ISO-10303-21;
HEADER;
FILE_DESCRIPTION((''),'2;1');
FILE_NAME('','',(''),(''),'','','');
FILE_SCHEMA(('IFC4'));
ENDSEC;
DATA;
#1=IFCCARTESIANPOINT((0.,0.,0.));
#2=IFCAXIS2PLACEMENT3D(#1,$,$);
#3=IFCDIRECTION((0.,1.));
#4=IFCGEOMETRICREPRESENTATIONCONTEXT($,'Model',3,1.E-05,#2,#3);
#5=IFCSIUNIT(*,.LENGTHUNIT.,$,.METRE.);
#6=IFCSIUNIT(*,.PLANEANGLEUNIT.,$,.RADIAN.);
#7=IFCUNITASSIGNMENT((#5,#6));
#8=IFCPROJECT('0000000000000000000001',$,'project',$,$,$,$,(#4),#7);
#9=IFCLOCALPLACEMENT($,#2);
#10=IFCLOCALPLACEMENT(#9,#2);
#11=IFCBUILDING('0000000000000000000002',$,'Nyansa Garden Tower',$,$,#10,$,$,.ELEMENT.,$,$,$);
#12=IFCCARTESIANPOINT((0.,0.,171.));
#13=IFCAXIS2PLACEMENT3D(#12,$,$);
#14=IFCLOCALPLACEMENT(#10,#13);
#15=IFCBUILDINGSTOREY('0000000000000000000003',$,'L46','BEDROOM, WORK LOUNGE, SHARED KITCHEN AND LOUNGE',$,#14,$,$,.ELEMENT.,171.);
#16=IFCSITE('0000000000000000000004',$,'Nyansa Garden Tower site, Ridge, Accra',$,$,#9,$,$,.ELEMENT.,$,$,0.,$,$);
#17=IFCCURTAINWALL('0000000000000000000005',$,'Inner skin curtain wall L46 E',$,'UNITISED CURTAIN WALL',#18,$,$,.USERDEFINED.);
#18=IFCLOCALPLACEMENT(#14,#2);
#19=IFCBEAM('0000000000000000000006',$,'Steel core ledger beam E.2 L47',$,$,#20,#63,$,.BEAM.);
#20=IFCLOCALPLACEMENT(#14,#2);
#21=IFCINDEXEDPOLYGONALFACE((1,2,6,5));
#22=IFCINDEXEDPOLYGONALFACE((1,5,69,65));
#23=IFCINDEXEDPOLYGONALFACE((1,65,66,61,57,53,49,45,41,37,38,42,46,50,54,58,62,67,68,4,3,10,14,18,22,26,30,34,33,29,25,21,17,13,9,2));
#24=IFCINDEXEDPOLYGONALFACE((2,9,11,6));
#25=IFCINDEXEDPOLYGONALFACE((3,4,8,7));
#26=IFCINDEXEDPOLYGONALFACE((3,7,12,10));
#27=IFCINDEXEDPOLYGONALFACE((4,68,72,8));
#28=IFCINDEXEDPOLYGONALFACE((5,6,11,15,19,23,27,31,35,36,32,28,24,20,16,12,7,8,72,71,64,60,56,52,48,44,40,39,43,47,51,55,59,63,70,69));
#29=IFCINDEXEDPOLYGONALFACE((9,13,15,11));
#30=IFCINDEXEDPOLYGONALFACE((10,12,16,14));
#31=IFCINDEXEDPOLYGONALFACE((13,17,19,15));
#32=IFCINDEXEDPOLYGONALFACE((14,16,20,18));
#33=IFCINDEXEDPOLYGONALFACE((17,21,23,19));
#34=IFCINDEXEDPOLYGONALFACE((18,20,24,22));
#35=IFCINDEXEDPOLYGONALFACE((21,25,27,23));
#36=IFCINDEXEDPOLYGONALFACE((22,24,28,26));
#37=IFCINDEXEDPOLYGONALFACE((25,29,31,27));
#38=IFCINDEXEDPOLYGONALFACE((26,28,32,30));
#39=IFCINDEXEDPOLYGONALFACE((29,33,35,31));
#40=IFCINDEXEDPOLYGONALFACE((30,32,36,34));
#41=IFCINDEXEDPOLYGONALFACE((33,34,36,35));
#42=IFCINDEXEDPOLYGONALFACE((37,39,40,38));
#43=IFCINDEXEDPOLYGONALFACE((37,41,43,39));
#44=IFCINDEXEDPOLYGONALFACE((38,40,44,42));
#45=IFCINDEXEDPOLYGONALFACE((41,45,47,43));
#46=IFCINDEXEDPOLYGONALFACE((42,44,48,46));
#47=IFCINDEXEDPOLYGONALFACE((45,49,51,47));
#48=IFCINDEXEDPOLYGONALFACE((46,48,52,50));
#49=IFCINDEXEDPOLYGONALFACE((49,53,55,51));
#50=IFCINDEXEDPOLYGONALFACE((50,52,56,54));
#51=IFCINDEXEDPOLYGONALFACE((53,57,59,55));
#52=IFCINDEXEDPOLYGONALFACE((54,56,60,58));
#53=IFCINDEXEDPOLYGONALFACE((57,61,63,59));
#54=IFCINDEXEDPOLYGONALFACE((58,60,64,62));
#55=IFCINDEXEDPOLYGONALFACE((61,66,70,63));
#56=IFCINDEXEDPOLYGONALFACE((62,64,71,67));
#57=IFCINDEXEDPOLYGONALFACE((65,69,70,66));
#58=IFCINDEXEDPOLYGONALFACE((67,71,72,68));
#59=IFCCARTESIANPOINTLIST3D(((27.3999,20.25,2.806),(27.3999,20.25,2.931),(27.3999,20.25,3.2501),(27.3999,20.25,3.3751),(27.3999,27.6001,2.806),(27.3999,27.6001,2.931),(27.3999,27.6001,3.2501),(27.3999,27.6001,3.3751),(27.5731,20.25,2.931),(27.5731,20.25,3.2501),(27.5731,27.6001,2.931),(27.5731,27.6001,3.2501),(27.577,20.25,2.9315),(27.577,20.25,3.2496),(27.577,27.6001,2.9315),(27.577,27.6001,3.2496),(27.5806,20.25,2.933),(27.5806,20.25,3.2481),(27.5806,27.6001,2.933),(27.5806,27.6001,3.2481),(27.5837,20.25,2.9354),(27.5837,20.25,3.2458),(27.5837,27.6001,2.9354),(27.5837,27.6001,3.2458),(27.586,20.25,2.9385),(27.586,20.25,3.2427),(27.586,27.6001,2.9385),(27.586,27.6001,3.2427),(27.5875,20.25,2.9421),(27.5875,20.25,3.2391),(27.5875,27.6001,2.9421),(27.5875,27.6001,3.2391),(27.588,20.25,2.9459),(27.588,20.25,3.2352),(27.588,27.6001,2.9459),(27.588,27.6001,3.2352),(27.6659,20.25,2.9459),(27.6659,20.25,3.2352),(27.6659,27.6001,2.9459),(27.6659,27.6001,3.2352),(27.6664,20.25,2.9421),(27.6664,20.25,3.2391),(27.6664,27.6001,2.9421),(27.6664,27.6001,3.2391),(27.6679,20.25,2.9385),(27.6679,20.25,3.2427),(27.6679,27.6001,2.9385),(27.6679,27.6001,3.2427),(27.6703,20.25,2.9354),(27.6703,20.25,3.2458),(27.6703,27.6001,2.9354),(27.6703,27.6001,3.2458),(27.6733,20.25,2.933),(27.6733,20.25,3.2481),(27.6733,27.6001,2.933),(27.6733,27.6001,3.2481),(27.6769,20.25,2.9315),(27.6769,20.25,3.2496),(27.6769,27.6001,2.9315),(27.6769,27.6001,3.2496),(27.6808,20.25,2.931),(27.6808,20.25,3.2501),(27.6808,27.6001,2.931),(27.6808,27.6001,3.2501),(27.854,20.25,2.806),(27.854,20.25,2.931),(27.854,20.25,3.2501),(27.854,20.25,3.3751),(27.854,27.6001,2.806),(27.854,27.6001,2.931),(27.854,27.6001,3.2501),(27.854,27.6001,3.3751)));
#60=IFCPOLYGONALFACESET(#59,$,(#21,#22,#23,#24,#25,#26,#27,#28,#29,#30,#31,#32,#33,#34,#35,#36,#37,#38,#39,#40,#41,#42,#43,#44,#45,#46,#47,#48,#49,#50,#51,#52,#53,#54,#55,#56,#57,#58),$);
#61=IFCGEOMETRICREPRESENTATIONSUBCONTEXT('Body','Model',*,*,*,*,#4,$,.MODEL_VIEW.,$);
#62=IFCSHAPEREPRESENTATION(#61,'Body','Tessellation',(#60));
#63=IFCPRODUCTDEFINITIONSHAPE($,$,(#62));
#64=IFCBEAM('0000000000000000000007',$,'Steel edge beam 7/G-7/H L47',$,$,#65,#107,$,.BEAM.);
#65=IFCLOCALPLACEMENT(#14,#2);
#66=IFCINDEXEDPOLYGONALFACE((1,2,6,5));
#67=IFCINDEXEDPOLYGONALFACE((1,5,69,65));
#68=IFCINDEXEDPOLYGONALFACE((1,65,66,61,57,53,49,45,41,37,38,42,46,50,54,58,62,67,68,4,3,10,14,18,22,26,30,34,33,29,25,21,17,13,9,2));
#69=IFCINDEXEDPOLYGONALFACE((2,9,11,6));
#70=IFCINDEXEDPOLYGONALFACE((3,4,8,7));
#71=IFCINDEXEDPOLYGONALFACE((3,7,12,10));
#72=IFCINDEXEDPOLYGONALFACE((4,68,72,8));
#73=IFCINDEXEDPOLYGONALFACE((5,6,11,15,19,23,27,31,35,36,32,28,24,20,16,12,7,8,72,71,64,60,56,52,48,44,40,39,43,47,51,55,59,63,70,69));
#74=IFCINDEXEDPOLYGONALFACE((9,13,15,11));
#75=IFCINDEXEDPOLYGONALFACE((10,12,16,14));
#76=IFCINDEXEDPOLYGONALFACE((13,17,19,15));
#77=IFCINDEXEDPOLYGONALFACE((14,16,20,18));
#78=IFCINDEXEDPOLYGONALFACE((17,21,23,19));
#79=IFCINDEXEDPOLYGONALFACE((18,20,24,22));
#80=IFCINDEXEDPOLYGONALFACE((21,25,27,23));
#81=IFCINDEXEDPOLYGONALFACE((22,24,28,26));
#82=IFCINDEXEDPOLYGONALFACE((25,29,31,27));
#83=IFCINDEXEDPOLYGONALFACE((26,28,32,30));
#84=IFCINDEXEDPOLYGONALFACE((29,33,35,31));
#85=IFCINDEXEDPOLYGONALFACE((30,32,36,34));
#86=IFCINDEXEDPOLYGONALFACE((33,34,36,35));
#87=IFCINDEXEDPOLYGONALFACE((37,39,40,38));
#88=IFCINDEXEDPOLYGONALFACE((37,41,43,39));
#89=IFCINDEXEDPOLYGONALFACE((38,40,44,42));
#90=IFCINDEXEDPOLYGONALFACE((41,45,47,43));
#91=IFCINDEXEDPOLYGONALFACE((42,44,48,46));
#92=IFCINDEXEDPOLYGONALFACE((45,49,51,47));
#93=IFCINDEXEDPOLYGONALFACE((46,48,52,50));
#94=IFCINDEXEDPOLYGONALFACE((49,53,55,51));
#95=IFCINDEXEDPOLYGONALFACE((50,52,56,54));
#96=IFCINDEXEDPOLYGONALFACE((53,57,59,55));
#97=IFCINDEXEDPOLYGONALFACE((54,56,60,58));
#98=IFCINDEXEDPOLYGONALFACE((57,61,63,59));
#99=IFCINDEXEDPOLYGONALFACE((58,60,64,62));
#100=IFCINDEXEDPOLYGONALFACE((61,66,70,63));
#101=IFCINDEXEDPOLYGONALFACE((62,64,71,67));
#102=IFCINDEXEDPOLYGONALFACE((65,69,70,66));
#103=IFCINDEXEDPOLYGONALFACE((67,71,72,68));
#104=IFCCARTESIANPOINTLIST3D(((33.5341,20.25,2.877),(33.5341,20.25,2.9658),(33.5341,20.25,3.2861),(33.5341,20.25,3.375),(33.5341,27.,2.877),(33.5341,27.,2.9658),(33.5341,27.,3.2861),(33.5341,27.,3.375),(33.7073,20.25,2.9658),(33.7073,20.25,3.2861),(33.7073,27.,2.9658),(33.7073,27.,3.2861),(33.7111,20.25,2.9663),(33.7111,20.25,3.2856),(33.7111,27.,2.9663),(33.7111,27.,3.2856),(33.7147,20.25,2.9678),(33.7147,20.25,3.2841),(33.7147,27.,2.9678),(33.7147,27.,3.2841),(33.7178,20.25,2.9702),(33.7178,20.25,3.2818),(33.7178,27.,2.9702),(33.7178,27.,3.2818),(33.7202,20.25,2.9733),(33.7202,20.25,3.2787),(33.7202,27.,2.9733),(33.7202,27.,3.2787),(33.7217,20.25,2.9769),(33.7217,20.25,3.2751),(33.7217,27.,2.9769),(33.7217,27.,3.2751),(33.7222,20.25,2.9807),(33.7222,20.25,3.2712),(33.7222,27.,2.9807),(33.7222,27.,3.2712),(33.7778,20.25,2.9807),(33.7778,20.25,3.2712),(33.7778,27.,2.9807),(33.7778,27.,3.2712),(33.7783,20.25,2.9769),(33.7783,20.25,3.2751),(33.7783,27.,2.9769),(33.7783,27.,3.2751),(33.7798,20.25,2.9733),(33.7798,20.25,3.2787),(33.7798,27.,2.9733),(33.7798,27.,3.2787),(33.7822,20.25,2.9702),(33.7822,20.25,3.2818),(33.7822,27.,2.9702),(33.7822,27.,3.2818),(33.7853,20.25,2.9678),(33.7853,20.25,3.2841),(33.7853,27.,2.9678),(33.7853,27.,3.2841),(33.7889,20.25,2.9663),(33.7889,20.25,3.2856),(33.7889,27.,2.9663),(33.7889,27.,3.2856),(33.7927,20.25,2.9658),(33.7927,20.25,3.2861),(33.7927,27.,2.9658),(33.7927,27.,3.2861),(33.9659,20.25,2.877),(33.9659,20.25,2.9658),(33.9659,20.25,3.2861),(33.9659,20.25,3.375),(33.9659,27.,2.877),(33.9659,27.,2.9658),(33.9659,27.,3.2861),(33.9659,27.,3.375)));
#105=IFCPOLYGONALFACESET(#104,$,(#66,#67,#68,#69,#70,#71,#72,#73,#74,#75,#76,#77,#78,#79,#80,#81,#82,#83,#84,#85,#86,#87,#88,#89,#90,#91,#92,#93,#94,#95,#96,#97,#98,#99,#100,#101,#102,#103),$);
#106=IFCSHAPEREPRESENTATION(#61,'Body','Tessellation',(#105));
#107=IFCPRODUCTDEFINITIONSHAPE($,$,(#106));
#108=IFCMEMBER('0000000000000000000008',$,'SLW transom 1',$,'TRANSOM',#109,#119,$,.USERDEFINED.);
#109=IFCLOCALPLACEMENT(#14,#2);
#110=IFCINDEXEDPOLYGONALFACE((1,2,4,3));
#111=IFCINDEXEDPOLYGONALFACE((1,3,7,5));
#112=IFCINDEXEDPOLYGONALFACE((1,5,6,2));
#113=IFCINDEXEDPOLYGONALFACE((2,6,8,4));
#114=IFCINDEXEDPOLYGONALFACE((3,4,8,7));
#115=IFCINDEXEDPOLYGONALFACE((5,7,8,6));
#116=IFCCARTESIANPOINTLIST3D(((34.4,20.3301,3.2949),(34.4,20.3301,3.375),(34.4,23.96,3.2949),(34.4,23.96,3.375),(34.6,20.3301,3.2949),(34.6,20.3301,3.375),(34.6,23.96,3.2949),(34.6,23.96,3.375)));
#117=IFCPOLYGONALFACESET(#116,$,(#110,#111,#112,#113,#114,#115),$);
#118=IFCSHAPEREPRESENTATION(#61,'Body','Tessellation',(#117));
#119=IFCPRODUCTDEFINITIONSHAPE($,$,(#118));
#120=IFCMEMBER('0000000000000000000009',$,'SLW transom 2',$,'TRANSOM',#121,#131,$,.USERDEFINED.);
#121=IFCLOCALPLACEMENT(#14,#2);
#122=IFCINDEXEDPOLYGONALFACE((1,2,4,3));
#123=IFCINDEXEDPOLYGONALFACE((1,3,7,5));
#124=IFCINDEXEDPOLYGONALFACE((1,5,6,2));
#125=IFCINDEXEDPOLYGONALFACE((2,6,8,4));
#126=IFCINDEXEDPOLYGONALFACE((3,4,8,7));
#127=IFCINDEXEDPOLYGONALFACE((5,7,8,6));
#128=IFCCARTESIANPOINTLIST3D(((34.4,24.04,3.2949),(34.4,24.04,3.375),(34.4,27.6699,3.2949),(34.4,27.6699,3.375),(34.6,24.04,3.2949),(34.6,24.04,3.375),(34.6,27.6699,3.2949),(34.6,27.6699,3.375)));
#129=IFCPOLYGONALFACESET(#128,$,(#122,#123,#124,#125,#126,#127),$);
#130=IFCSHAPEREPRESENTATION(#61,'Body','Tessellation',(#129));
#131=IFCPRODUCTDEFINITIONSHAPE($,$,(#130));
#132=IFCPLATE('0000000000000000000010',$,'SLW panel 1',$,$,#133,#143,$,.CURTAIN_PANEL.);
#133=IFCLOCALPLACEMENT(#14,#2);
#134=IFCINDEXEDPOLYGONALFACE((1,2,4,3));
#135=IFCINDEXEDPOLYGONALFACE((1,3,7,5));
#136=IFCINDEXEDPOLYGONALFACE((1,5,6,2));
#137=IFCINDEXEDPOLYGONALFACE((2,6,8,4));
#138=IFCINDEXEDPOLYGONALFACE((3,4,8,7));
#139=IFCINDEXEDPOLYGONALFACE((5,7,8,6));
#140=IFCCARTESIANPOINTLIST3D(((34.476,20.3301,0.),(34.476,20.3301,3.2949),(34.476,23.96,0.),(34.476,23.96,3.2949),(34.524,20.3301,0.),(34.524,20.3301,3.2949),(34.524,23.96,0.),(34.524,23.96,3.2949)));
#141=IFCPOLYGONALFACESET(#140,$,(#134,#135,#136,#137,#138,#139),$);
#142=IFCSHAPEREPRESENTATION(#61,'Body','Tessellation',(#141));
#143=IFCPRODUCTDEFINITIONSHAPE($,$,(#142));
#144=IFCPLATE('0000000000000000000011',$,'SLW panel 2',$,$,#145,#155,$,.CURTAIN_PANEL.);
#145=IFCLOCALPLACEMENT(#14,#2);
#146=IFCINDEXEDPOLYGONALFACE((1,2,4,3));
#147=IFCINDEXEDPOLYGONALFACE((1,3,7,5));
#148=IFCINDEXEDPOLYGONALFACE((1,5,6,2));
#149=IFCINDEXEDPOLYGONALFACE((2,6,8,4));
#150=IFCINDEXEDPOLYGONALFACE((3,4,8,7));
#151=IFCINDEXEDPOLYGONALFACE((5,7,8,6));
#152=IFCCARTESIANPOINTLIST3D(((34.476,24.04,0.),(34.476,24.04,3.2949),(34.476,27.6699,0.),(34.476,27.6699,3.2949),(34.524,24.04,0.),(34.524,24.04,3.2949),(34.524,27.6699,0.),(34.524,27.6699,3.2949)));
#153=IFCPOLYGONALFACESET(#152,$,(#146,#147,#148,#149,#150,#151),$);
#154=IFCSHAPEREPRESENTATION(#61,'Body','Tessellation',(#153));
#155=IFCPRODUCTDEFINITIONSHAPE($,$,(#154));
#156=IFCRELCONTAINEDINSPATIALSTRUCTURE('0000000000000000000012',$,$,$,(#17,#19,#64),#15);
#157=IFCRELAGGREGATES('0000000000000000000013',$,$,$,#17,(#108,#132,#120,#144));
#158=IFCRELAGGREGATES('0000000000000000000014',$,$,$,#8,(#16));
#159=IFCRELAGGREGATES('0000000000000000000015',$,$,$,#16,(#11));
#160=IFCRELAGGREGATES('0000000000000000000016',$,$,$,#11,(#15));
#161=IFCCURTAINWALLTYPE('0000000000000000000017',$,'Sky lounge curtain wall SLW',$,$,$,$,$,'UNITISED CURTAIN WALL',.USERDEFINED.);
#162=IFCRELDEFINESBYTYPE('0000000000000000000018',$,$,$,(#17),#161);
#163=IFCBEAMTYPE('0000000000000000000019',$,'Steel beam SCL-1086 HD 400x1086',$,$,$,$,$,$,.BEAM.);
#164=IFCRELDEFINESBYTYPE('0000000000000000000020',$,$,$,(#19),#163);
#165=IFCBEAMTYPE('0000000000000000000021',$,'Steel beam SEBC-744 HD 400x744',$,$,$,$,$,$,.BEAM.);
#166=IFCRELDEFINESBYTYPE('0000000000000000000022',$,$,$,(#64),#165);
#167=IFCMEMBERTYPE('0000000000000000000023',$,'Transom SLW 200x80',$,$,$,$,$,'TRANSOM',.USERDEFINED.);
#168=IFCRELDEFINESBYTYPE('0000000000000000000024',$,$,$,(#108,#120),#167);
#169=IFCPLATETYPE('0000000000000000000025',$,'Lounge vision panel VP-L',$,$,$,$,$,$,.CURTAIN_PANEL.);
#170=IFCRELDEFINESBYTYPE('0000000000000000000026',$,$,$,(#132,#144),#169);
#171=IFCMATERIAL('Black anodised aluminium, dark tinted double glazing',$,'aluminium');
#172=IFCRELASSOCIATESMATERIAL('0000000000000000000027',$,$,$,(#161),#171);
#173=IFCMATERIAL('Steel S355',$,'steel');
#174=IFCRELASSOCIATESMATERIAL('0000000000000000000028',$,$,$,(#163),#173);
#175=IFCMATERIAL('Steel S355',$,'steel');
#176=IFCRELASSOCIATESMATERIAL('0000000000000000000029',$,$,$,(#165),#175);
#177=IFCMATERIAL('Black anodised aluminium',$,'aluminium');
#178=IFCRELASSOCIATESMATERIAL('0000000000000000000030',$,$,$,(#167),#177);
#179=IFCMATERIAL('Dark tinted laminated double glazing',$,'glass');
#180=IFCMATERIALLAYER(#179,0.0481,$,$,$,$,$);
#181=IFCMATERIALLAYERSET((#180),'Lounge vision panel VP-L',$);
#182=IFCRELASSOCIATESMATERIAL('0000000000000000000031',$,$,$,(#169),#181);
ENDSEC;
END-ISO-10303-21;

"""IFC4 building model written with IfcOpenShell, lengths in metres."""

from ifc_helpers import new_model, si_unit, direction, frame, origin, origin_2d, place, context, subcontext, project, spatial, rectangle, i_section, extrude, material, layer, layer_set, material_profile, profile_set, type_object, element, aggregate, save


model = new_model("IFC4")

# Units and contexts
model_context = context("Model", 3, precision=1e-05, world=origin(), true_north=direction((0.0, 1.0)))
body_context = subcontext(model_context, "Body", "Model", "MODEL_VIEW")
ifc_project = project(units=[si_unit("LENGTHUNIT", "METRE"), si_unit("PLANEANGLEUNIT", "RADIAN")], contexts=[model_context])

# Site, building, storey
site_placement = place(None, origin())
site = spatial("IfcSite", under=ifc_project, at=site_placement, Name="Nyansa Garden Tower site, Ridge, Accra", CompositionType="ELEMENT", RefElevation=0.0)
building_placement = place(site_placement, origin())
building = spatial("IfcBuilding", under=site, at=building_placement, Name="Nyansa Garden Tower", CompositionType="ELEMENT")
storey_placement = place(building_placement, frame((0.0, 0.0, 171.0)))
storey = spatial("IfcBuildingStorey", under=building, at=storey_placement, Name="L46", Description="BEDROOM, WORK LOUNGE, SHARED KITCHEN AND LOUNGE", CompositionType="ELEMENT", Elevation=171.0)

# Curtain wall
ifc_material_1 = material(Name="Black anodised aluminium, dark tinted double glazing", Category="aluminium")
curtain_wall_type = type_object("IfcCurtainWallType", Name="Sky lounge curtain wall SLW", ElementType="UNITISED CURTAIN WALL", PredefinedType="USERDEFINED", material=ifc_material_1)
curtain_wall_placement = place(storey_placement, origin())
curtain_wall = element("IfcCurtainWall", 1, at=curtain_wall_placement, inside=storey, type_object=curtain_wall_type, Name="Inner skin curtain wall L46 E", ObjectType="UNITISED CURTAIN WALL", PredefinedType="USERDEFINED")

# Beams
ifc_material_2 = material(Name="Steel S355", Category="steel")
ifc_material_profile_1 = material_profile(ifc_material_2, i_section(OverallWidth=0.4541, OverallDepth=0.5691, WebThickness=0.0779, FlangeThickness=0.125, FilletRadius=0.0149, at=origin_2d()), Name="HD 400x1086")
ifc_profile_set_1 = profile_set([ifc_material_profile_1], Name="Steel S355")
beam_type_1 = type_object("IfcBeamType", Name="Steel beam SCL-1086 HD 400x1086", PredefinedType="BEAM", material=ifc_profile_set_1)
beam_1_placement = place(storey_placement, frame((27.627, 20.25, 3.0906), z_axis=(0.0, 1.0, 0.0), x_axis=(-1.0, 0.0, 0.0)))
element("IfcBeam", 2, at=beam_1_placement, inside=storey, type_object=beam_type_1, Name="Steel core ledger beam E.2 L47", PredefinedType="BEAM", context=body_context, shape_type="SweptSolid", body=[
    extrude(i_section(OverallWidth=0.4541, OverallDepth=0.5691, WebThickness=0.0779, FlangeThickness=0.125, FilletRadius=0.0149, at=origin_2d()), origin(), (0.0, 0.0, 1.0), 7.3501),
])
ifc_material_3 = material(Name="Steel S355", Category="steel")
ifc_material_profile_2 = material_profile(ifc_material_3, i_section(OverallWidth=0.4319, OverallDepth=0.498, WebThickness=0.0557, FlangeThickness=0.0889, FilletRadius=0.0149, at=origin_2d()), Name="HD 400x744")
ifc_profile_set_2 = profile_set([ifc_material_profile_2], Name="Steel S355")
beam_type_2 = type_object("IfcBeamType", Name="Steel beam SEBC-744 HD 400x744", PredefinedType="BEAM", material=ifc_profile_set_2)
beam_2_placement = place(storey_placement, frame((33.75, 20.25, 3.126), z_axis=(0.0, 1.0, 0.0), x_axis=(-1.0, 0.0, 0.0)))
element("IfcBeam", 3, at=beam_2_placement, inside=storey, type_object=beam_type_2, Name="Steel edge beam 7/G-7/H L47", PredefinedType="BEAM", context=body_context, shape_type="SweptSolid", body=[
    extrude(i_section(OverallWidth=0.4319, OverallDepth=0.498, WebThickness=0.0557, FlangeThickness=0.0889, FilletRadius=0.0149, at=origin_2d()), origin(), (0.0, 0.0, 1.0), 6.75),
])

# Members
ifc_material_4 = material(Name="Black anodised aluminium", Category="aluminium")
ifc_material_profile_3 = material_profile(ifc_material_4, rectangle(XDim=0.2, YDim=0.0801, at=origin_2d()), Name="Transom 200x80")
ifc_profile_set_3 = profile_set([ifc_material_profile_3], Name="Black anodised aluminium")
member_type_1 = type_object("IfcMemberType", Name="Transom SLW 200x80", ElementType="TRANSOM", PredefinedType="USERDEFINED", material=ifc_profile_set_3)
member_1_placement = place(storey_placement, frame((34.5, 20.3301, 3.335), z_axis=(0.0, 1.0, 0.0), x_axis=(-1.0, 0.0, 0.0)))
member_1 = element("IfcMember", 4, at=member_1_placement, type_object=member_type_1, Name="SLW transom 1", ObjectType="TRANSOM", PredefinedType="USERDEFINED", context=body_context, shape_type="SweptSolid", body=[
    extrude(rectangle(XDim=0.2, YDim=0.0801, at=origin_2d()), origin(), (0.0, 0.0, 1.0), 3.6299),
])
member_2_placement = place(storey_placement, frame((34.5, 24.04, 3.335), z_axis=(0.0, 1.0, 0.0), x_axis=(-1.0, 0.0, 0.0)))
member_2 = element("IfcMember", 5, at=member_2_placement, type_object=member_type_1, Name="SLW transom 2", ObjectType="TRANSOM", PredefinedType="USERDEFINED", context=body_context, shape_type="SweptSolid", body=[
    extrude(rectangle(XDim=0.2, YDim=0.0801, at=origin_2d()), origin(), (0.0, 0.0, 1.0), 3.6299),
])

# Plates
ifc_material_5 = material(Name="Dark tinted laminated double glazing", Category="glass")
ifc_layer_1 = layer(ifc_material_5, 0.0481)
ifc_layer_set_1 = layer_set([ifc_layer_1], Name="Lounge vision panel VP-L")
plate_type = type_object("IfcPlateType", Name="Lounge vision panel VP-L", PredefinedType="CURTAIN_PANEL", material=ifc_layer_set_1)
plate_1_placement = place(storey_placement, frame((34.5, 22.145, 0.0), z_axis=(0.0, 0.0, 1.0), x_axis=(0.0, 1.0, 0.0)))
plate_1 = element("IfcPlate", 6, at=plate_1_placement, type_object=plate_type, Name="SLW panel 1", PredefinedType="CURTAIN_PANEL", context=body_context, shape_type="SweptSolid", body=[
    extrude(rectangle(XDim=3.6299, YDim=0.0481, at=origin_2d()), origin(), (0.0, 0.0, 1.0), 3.2949),
])
plate_2_placement = place(storey_placement, frame((34.5, 25.855, 0.0), z_axis=(0.0, 0.0, 1.0), x_axis=(0.0, 1.0, 0.0)))
plate_2 = element("IfcPlate", 7, at=plate_2_placement, type_object=plate_type, Name="SLW panel 2", PredefinedType="CURTAIN_PANEL", context=body_context, shape_type="SweptSolid", body=[
    extrude(rectangle(XDim=3.6299, YDim=0.0481, at=origin_2d()), origin(), (0.0, 0.0, 1.0), 3.2949),
])
aggregate(curtain_wall, [member_1, plate_1, member_2, plate_2])

save(model, "model.ifc")
